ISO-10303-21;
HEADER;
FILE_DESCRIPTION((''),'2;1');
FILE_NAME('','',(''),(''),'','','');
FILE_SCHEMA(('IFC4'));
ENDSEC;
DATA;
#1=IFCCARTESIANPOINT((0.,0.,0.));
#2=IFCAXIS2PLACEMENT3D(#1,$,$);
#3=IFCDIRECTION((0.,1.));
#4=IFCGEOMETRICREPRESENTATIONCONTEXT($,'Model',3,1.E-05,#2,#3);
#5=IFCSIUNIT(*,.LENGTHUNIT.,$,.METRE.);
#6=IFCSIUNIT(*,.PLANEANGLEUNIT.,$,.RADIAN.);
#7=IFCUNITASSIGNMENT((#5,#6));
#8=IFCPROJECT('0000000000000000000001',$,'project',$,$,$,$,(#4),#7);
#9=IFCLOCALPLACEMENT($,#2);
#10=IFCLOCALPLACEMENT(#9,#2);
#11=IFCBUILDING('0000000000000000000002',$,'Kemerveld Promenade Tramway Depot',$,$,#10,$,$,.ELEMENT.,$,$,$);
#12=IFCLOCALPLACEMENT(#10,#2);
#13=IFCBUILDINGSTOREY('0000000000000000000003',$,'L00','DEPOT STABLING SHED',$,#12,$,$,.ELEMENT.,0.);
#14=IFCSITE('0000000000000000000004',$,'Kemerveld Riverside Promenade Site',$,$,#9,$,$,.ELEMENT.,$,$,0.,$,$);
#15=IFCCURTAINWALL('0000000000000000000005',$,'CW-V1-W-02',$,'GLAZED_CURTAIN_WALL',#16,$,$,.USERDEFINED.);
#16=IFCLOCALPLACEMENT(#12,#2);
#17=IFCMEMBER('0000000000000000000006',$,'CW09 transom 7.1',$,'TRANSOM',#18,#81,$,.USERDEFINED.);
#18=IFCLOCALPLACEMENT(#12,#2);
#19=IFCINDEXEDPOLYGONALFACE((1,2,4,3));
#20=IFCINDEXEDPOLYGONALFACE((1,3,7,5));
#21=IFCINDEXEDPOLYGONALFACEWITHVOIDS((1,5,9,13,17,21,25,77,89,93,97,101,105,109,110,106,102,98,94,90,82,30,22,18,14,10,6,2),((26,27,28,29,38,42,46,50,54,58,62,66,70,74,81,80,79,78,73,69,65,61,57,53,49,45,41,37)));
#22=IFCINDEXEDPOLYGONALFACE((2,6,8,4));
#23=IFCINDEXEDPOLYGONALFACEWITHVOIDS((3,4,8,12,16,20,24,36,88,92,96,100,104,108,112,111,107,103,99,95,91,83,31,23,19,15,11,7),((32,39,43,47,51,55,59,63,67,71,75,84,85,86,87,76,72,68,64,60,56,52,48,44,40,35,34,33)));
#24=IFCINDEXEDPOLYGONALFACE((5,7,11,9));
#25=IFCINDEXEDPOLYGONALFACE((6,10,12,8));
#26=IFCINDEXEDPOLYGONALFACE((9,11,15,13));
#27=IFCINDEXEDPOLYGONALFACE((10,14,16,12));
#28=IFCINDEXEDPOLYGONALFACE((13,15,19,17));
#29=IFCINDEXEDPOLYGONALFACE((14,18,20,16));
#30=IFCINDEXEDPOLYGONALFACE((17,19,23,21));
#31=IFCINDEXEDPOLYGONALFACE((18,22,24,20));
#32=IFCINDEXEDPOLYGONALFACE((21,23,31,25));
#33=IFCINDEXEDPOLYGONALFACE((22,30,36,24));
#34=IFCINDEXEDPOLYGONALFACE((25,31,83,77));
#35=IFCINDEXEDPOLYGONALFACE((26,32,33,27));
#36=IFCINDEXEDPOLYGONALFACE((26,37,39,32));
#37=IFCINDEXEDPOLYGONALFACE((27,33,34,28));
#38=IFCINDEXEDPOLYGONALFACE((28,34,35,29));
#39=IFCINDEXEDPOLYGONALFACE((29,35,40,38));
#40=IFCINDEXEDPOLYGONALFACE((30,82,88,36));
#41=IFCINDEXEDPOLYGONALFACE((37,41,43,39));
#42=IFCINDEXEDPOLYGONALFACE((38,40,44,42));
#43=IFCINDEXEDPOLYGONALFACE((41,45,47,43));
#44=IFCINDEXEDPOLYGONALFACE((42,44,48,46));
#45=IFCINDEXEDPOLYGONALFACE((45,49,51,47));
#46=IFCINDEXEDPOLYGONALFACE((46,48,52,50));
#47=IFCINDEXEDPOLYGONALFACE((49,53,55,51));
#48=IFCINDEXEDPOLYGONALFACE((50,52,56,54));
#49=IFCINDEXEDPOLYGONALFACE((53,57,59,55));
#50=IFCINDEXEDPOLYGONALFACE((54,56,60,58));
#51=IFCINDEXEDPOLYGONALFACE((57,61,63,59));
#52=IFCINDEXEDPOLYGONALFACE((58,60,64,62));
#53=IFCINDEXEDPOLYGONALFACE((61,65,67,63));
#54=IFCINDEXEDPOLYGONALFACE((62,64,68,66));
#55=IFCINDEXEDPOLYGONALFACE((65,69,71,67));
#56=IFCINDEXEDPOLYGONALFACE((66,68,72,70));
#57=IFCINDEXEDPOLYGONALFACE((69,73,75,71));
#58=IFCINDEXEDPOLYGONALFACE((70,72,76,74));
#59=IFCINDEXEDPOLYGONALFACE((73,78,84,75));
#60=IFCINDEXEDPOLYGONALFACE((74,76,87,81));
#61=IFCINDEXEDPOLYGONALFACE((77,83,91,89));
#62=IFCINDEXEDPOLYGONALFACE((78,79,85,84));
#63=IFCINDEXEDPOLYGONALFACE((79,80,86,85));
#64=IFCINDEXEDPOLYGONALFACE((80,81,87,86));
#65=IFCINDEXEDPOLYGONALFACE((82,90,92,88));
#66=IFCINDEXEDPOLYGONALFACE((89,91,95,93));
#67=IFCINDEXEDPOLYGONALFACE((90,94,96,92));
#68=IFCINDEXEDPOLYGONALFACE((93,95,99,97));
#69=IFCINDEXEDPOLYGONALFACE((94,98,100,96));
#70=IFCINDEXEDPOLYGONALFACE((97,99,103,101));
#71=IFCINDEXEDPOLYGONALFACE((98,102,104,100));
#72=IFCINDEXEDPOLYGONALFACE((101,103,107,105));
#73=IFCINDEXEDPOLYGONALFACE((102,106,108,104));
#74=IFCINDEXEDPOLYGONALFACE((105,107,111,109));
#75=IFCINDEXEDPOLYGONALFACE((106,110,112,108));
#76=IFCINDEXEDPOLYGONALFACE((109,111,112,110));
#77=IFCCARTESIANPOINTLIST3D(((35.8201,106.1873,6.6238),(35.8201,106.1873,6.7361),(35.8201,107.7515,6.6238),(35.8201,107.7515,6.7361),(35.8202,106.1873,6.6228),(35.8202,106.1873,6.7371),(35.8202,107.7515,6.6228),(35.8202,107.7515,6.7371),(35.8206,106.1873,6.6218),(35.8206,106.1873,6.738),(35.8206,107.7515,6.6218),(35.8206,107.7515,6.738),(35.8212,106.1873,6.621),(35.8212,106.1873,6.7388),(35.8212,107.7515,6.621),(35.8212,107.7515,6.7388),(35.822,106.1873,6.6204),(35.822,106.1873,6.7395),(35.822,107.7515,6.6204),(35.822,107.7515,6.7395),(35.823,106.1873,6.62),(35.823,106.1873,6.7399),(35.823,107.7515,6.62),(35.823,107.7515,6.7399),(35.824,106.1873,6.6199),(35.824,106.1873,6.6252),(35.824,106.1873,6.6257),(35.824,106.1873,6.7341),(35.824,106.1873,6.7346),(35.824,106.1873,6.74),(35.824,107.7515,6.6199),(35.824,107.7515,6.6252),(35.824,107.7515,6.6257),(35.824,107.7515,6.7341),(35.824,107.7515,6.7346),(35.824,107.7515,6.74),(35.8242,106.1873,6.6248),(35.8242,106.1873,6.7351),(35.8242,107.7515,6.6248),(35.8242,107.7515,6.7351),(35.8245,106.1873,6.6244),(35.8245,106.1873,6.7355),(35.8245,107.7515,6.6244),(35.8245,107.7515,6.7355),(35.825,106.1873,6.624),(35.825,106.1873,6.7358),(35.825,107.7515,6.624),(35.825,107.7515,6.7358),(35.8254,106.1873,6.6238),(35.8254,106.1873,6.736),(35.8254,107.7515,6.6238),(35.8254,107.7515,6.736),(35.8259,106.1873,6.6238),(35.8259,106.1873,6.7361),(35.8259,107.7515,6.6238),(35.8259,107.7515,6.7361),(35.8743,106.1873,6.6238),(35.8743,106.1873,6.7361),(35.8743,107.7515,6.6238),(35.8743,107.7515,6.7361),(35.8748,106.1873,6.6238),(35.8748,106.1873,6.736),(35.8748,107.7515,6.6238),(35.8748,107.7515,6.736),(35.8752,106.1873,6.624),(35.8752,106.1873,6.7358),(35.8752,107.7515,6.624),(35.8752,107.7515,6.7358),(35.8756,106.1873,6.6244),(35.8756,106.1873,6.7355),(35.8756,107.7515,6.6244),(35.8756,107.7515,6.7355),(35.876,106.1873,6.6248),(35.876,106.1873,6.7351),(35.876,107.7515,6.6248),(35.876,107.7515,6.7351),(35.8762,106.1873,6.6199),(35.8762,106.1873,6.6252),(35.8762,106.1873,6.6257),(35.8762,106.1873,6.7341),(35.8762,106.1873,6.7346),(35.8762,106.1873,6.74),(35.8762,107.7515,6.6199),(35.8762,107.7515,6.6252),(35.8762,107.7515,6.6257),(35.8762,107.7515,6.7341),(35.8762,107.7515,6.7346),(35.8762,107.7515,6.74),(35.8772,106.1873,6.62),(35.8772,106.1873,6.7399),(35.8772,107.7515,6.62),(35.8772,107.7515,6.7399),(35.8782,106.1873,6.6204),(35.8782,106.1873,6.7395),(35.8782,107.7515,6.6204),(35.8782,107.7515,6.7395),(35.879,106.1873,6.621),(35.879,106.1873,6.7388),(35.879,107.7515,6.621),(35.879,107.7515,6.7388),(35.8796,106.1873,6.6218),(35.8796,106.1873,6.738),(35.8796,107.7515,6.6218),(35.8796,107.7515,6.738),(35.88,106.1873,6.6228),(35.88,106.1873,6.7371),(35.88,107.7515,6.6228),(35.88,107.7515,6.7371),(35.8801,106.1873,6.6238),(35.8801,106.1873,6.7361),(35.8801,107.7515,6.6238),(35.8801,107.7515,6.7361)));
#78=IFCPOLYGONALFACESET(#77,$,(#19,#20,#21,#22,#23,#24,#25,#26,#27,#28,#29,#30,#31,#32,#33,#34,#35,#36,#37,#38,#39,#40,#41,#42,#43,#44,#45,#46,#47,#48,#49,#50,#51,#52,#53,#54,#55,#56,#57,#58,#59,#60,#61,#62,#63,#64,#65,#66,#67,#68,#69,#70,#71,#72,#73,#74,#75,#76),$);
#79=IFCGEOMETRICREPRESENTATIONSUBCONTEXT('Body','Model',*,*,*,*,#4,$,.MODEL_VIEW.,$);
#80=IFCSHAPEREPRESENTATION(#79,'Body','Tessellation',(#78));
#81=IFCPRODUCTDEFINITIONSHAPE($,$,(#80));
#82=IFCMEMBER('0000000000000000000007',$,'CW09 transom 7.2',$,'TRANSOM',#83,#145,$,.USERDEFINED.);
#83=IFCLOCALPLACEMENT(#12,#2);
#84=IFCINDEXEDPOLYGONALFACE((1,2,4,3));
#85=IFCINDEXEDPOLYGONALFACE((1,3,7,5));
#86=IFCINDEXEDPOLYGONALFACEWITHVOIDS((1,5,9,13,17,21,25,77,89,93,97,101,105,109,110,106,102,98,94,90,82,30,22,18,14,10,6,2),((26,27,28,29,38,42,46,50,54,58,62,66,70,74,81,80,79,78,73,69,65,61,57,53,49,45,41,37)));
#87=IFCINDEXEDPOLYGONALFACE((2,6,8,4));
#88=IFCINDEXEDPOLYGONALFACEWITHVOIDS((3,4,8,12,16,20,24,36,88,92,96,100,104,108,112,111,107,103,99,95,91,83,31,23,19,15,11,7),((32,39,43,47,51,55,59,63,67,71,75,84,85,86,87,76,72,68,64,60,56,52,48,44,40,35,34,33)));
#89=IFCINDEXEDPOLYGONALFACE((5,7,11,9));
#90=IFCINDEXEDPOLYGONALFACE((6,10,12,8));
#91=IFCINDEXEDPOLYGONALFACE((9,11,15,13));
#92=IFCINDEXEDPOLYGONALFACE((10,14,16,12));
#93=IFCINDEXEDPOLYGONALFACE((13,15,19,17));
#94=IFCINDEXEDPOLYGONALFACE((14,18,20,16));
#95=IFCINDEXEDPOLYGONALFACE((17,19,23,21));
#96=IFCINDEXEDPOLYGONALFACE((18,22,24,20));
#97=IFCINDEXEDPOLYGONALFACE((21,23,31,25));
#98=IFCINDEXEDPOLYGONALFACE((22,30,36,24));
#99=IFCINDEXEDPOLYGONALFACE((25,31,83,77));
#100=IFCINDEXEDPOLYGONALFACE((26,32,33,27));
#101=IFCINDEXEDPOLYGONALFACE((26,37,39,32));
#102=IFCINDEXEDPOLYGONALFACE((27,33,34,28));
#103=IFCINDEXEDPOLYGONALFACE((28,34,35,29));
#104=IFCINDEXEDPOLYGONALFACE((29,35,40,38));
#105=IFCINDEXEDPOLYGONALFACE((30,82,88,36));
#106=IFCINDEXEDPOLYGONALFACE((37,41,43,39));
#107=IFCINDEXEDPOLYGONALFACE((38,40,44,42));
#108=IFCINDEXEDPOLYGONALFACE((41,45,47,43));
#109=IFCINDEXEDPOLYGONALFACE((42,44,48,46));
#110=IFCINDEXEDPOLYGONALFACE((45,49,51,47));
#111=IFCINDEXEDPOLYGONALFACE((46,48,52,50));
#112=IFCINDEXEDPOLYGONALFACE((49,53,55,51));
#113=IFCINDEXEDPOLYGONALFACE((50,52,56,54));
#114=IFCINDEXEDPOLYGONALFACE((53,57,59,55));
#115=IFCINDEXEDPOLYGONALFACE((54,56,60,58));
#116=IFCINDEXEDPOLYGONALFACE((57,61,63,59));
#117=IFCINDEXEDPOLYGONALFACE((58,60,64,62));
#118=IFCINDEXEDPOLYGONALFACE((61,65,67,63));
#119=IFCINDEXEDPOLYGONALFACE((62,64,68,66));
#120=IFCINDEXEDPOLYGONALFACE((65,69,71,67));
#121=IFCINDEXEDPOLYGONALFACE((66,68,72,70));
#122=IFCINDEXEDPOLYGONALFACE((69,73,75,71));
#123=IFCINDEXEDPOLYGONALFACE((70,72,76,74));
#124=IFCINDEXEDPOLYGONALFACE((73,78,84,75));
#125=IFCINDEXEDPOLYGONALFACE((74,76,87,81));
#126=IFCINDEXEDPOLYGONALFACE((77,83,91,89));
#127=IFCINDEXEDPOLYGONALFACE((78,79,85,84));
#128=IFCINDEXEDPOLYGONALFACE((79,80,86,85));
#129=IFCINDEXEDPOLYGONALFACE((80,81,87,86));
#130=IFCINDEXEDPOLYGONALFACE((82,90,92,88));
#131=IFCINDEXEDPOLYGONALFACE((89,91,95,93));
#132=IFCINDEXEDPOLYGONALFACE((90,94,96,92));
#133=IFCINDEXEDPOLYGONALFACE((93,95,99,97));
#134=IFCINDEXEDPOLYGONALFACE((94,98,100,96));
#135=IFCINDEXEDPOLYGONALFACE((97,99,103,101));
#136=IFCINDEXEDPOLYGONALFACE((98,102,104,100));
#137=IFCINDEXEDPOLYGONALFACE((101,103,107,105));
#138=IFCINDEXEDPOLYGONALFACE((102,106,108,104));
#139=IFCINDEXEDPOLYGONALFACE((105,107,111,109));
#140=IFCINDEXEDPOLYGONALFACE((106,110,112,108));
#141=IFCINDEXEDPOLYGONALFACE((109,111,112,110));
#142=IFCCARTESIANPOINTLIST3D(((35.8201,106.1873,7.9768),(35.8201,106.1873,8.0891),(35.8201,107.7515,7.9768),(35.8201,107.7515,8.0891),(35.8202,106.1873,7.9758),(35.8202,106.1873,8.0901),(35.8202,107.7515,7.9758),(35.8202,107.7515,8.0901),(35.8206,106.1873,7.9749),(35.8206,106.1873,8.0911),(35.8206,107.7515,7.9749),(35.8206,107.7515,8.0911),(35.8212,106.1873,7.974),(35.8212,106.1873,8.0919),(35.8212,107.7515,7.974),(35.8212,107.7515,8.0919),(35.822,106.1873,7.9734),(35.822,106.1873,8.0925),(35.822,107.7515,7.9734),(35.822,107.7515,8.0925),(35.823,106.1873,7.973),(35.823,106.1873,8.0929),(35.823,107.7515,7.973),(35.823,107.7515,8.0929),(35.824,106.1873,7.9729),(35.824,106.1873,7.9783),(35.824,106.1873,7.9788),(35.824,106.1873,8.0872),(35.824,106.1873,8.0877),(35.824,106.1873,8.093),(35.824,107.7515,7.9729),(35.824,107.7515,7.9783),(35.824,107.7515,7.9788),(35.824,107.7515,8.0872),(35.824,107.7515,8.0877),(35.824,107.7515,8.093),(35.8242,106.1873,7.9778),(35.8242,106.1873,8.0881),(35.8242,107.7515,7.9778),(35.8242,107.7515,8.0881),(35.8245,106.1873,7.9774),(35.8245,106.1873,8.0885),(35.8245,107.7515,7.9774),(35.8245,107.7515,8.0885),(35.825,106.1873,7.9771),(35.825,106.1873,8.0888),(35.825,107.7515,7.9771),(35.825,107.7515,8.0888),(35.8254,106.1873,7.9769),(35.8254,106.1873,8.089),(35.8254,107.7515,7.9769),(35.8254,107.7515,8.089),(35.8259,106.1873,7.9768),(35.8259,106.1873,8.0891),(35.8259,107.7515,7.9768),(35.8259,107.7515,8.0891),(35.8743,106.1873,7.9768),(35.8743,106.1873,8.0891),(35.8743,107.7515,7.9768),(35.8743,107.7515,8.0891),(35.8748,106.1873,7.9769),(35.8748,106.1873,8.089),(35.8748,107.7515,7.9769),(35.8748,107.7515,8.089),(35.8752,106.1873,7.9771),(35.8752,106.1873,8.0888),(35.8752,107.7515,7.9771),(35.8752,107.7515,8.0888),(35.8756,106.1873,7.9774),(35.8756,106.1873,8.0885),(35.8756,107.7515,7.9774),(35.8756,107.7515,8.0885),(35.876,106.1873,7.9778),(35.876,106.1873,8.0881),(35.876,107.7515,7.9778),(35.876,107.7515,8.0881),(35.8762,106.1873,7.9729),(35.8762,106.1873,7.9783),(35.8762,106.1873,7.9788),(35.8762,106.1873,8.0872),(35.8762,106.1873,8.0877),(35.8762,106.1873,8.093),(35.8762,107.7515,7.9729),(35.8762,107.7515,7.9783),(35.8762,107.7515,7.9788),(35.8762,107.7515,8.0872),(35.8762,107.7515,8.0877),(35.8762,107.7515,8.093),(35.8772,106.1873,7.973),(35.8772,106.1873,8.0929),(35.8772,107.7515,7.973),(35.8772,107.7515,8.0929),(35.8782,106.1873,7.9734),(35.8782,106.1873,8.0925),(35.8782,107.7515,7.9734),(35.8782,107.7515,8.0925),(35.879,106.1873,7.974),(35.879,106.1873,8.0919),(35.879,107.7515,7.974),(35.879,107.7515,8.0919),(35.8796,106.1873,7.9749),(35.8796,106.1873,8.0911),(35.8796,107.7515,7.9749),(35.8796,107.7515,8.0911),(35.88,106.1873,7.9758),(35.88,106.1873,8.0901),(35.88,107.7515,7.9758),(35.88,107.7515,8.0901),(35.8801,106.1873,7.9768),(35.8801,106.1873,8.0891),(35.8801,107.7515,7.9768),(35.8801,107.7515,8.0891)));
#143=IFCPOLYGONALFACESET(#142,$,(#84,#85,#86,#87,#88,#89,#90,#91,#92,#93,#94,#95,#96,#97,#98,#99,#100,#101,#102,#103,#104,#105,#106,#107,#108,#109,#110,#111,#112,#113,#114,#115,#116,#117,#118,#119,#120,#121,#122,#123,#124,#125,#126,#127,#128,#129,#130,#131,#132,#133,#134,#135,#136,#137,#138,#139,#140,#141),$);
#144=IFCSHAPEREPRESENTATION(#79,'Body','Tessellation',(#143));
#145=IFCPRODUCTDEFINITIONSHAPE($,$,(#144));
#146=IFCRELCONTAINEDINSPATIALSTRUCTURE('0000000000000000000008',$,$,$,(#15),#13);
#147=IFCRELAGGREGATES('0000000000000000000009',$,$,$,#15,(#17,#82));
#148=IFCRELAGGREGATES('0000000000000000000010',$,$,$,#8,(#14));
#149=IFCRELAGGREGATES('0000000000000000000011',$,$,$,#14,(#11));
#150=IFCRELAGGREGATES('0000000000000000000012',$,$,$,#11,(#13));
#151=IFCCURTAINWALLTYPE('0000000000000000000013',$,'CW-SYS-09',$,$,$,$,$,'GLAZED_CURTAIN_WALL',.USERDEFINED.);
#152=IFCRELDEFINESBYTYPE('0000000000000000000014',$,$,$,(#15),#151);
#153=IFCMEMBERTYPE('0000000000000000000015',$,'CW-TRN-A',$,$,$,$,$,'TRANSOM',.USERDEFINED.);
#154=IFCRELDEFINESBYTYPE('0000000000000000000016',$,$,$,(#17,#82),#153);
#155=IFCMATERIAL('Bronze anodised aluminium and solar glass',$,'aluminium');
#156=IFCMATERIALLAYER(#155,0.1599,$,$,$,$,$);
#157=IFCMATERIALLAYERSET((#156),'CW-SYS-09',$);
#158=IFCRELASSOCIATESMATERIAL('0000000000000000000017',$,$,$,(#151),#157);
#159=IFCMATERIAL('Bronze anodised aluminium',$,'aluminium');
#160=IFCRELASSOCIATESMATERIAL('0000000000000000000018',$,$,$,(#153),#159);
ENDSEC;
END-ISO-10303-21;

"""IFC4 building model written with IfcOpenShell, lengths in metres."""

from ifc_helpers import new_model, si_unit, direction, frame, origin, origin_2d, place, context, subcontext, project, spatial, hollow_rectangle, extrude, material, layer, layer_set, material_profile, profile_set, type_object, element, aggregate, save


model = new_model("IFC4")

# Units and contexts
model_context = context("Model", 3, precision=1e-05, world=origin(), true_north=direction((0.0, 1.0)))
body_context = subcontext(model_context, "Body", "Model", "MODEL_VIEW")
ifc_project = project(units=[si_unit("LENGTHUNIT", "METRE"), si_unit("PLANEANGLEUNIT", "RADIAN")], contexts=[model_context])

# Site, building, storey
site_placement = place(None, origin())
site = spatial("IfcSite", under=ifc_project, at=site_placement, Name="Kemerveld Riverside Promenade Site", CompositionType="ELEMENT", RefElevation=0.0)
building_placement = place(site_placement, origin())
building = spatial("IfcBuilding", under=site, at=building_placement, Name="Kemerveld Promenade Tramway Depot", CompositionType="ELEMENT")
storey_placement = place(building_placement, origin())
storey = spatial("IfcBuildingStorey", under=building, at=storey_placement, Name="L00", Description="DEPOT STABLING SHED", CompositionType="ELEMENT", Elevation=0.0)

# Curtain wall
ifc_material_1 = material(Name="Bronze anodised aluminium and solar glass", Category="aluminium")
ifc_layer_1 = layer(ifc_material_1, 0.1599)
ifc_layer_set_1 = layer_set([ifc_layer_1], Name="CW-SYS-09")
curtain_wall_type_1 = type_object("IfcCurtainWallType", Name="CW-SYS-09", ElementType="GLAZED_CURTAIN_WALL", PredefinedType="USERDEFINED", material=ifc_layer_set_1)
curtain_wall_1_placement = place(storey_placement, origin())
curtain_wall_1 = element("IfcCurtainWall", 1, at=curtain_wall_1_placement, inside=storey, type_object=curtain_wall_type_1, Name="CW-V1-W-02", ObjectType="GLAZED_CURTAIN_WALL", PredefinedType="USERDEFINED")
ifc_material_2 = material(Name="Bronze anodised aluminium", Category="aluminium")

# Members
ifc_material_profile_1 = material_profile(ifc_material_2, hollow_rectangle(XDim=0.0601, YDim=0.1201, WallThickness=0.0039, InnerFilletRadius=0.002, OuterFilletRadius=0.0039, at=origin_2d()), Name="CW-TRN-120x60")
ifc_profile_set_1 = profile_set([ifc_material_profile_1], Name="Bronze anodised aluminium")
member_type_1 = type_object("IfcMemberType", Name="CW-TRN-A", ElementType="TRANSOM", PredefinedType="USERDEFINED", material=ifc_profile_set_1)
member_1_placement = place(storey_placement, frame((35.8501, 106.1873, 6.6799), z_axis=(0.0, 1.0, 0.0), x_axis=(-1.0, 0.0, 0.0)))
member_1 = element("IfcMember", 2, at=member_1_placement, type_object=member_type_1, Name="CW09 transom 7.1", ObjectType="TRANSOM", PredefinedType="USERDEFINED", context=body_context, shape_type="SweptSolid", body=[
    extrude(hollow_rectangle(XDim=0.0601, YDim=0.1201, WallThickness=0.0039, InnerFilletRadius=0.002, OuterFilletRadius=0.0039, at=origin_2d()), origin(), (0.0, 0.0, 1.0), 1.5642),
])
member_2_placement = place(storey_placement, frame((35.8501, 106.1873, 8.033), z_axis=(0.0, 1.0, 0.0), x_axis=(-1.0, 0.0, 0.0)))
member_2 = element("IfcMember", 3, at=member_2_placement, type_object=member_type_1, Name="CW09 transom 7.2", ObjectType="TRANSOM", PredefinedType="USERDEFINED", context=body_context, shape_type="SweptSolid", body=[
    extrude(hollow_rectangle(XDim=0.0601, YDim=0.1201, WallThickness=0.0039, InnerFilletRadius=0.002, OuterFilletRadius=0.0039, at=origin_2d()), origin(), (0.0, 0.0, 1.0), 1.5642),
])

aggregate(curtain_wall_1, [member_1, member_2])

save(model, "model.ifc")
